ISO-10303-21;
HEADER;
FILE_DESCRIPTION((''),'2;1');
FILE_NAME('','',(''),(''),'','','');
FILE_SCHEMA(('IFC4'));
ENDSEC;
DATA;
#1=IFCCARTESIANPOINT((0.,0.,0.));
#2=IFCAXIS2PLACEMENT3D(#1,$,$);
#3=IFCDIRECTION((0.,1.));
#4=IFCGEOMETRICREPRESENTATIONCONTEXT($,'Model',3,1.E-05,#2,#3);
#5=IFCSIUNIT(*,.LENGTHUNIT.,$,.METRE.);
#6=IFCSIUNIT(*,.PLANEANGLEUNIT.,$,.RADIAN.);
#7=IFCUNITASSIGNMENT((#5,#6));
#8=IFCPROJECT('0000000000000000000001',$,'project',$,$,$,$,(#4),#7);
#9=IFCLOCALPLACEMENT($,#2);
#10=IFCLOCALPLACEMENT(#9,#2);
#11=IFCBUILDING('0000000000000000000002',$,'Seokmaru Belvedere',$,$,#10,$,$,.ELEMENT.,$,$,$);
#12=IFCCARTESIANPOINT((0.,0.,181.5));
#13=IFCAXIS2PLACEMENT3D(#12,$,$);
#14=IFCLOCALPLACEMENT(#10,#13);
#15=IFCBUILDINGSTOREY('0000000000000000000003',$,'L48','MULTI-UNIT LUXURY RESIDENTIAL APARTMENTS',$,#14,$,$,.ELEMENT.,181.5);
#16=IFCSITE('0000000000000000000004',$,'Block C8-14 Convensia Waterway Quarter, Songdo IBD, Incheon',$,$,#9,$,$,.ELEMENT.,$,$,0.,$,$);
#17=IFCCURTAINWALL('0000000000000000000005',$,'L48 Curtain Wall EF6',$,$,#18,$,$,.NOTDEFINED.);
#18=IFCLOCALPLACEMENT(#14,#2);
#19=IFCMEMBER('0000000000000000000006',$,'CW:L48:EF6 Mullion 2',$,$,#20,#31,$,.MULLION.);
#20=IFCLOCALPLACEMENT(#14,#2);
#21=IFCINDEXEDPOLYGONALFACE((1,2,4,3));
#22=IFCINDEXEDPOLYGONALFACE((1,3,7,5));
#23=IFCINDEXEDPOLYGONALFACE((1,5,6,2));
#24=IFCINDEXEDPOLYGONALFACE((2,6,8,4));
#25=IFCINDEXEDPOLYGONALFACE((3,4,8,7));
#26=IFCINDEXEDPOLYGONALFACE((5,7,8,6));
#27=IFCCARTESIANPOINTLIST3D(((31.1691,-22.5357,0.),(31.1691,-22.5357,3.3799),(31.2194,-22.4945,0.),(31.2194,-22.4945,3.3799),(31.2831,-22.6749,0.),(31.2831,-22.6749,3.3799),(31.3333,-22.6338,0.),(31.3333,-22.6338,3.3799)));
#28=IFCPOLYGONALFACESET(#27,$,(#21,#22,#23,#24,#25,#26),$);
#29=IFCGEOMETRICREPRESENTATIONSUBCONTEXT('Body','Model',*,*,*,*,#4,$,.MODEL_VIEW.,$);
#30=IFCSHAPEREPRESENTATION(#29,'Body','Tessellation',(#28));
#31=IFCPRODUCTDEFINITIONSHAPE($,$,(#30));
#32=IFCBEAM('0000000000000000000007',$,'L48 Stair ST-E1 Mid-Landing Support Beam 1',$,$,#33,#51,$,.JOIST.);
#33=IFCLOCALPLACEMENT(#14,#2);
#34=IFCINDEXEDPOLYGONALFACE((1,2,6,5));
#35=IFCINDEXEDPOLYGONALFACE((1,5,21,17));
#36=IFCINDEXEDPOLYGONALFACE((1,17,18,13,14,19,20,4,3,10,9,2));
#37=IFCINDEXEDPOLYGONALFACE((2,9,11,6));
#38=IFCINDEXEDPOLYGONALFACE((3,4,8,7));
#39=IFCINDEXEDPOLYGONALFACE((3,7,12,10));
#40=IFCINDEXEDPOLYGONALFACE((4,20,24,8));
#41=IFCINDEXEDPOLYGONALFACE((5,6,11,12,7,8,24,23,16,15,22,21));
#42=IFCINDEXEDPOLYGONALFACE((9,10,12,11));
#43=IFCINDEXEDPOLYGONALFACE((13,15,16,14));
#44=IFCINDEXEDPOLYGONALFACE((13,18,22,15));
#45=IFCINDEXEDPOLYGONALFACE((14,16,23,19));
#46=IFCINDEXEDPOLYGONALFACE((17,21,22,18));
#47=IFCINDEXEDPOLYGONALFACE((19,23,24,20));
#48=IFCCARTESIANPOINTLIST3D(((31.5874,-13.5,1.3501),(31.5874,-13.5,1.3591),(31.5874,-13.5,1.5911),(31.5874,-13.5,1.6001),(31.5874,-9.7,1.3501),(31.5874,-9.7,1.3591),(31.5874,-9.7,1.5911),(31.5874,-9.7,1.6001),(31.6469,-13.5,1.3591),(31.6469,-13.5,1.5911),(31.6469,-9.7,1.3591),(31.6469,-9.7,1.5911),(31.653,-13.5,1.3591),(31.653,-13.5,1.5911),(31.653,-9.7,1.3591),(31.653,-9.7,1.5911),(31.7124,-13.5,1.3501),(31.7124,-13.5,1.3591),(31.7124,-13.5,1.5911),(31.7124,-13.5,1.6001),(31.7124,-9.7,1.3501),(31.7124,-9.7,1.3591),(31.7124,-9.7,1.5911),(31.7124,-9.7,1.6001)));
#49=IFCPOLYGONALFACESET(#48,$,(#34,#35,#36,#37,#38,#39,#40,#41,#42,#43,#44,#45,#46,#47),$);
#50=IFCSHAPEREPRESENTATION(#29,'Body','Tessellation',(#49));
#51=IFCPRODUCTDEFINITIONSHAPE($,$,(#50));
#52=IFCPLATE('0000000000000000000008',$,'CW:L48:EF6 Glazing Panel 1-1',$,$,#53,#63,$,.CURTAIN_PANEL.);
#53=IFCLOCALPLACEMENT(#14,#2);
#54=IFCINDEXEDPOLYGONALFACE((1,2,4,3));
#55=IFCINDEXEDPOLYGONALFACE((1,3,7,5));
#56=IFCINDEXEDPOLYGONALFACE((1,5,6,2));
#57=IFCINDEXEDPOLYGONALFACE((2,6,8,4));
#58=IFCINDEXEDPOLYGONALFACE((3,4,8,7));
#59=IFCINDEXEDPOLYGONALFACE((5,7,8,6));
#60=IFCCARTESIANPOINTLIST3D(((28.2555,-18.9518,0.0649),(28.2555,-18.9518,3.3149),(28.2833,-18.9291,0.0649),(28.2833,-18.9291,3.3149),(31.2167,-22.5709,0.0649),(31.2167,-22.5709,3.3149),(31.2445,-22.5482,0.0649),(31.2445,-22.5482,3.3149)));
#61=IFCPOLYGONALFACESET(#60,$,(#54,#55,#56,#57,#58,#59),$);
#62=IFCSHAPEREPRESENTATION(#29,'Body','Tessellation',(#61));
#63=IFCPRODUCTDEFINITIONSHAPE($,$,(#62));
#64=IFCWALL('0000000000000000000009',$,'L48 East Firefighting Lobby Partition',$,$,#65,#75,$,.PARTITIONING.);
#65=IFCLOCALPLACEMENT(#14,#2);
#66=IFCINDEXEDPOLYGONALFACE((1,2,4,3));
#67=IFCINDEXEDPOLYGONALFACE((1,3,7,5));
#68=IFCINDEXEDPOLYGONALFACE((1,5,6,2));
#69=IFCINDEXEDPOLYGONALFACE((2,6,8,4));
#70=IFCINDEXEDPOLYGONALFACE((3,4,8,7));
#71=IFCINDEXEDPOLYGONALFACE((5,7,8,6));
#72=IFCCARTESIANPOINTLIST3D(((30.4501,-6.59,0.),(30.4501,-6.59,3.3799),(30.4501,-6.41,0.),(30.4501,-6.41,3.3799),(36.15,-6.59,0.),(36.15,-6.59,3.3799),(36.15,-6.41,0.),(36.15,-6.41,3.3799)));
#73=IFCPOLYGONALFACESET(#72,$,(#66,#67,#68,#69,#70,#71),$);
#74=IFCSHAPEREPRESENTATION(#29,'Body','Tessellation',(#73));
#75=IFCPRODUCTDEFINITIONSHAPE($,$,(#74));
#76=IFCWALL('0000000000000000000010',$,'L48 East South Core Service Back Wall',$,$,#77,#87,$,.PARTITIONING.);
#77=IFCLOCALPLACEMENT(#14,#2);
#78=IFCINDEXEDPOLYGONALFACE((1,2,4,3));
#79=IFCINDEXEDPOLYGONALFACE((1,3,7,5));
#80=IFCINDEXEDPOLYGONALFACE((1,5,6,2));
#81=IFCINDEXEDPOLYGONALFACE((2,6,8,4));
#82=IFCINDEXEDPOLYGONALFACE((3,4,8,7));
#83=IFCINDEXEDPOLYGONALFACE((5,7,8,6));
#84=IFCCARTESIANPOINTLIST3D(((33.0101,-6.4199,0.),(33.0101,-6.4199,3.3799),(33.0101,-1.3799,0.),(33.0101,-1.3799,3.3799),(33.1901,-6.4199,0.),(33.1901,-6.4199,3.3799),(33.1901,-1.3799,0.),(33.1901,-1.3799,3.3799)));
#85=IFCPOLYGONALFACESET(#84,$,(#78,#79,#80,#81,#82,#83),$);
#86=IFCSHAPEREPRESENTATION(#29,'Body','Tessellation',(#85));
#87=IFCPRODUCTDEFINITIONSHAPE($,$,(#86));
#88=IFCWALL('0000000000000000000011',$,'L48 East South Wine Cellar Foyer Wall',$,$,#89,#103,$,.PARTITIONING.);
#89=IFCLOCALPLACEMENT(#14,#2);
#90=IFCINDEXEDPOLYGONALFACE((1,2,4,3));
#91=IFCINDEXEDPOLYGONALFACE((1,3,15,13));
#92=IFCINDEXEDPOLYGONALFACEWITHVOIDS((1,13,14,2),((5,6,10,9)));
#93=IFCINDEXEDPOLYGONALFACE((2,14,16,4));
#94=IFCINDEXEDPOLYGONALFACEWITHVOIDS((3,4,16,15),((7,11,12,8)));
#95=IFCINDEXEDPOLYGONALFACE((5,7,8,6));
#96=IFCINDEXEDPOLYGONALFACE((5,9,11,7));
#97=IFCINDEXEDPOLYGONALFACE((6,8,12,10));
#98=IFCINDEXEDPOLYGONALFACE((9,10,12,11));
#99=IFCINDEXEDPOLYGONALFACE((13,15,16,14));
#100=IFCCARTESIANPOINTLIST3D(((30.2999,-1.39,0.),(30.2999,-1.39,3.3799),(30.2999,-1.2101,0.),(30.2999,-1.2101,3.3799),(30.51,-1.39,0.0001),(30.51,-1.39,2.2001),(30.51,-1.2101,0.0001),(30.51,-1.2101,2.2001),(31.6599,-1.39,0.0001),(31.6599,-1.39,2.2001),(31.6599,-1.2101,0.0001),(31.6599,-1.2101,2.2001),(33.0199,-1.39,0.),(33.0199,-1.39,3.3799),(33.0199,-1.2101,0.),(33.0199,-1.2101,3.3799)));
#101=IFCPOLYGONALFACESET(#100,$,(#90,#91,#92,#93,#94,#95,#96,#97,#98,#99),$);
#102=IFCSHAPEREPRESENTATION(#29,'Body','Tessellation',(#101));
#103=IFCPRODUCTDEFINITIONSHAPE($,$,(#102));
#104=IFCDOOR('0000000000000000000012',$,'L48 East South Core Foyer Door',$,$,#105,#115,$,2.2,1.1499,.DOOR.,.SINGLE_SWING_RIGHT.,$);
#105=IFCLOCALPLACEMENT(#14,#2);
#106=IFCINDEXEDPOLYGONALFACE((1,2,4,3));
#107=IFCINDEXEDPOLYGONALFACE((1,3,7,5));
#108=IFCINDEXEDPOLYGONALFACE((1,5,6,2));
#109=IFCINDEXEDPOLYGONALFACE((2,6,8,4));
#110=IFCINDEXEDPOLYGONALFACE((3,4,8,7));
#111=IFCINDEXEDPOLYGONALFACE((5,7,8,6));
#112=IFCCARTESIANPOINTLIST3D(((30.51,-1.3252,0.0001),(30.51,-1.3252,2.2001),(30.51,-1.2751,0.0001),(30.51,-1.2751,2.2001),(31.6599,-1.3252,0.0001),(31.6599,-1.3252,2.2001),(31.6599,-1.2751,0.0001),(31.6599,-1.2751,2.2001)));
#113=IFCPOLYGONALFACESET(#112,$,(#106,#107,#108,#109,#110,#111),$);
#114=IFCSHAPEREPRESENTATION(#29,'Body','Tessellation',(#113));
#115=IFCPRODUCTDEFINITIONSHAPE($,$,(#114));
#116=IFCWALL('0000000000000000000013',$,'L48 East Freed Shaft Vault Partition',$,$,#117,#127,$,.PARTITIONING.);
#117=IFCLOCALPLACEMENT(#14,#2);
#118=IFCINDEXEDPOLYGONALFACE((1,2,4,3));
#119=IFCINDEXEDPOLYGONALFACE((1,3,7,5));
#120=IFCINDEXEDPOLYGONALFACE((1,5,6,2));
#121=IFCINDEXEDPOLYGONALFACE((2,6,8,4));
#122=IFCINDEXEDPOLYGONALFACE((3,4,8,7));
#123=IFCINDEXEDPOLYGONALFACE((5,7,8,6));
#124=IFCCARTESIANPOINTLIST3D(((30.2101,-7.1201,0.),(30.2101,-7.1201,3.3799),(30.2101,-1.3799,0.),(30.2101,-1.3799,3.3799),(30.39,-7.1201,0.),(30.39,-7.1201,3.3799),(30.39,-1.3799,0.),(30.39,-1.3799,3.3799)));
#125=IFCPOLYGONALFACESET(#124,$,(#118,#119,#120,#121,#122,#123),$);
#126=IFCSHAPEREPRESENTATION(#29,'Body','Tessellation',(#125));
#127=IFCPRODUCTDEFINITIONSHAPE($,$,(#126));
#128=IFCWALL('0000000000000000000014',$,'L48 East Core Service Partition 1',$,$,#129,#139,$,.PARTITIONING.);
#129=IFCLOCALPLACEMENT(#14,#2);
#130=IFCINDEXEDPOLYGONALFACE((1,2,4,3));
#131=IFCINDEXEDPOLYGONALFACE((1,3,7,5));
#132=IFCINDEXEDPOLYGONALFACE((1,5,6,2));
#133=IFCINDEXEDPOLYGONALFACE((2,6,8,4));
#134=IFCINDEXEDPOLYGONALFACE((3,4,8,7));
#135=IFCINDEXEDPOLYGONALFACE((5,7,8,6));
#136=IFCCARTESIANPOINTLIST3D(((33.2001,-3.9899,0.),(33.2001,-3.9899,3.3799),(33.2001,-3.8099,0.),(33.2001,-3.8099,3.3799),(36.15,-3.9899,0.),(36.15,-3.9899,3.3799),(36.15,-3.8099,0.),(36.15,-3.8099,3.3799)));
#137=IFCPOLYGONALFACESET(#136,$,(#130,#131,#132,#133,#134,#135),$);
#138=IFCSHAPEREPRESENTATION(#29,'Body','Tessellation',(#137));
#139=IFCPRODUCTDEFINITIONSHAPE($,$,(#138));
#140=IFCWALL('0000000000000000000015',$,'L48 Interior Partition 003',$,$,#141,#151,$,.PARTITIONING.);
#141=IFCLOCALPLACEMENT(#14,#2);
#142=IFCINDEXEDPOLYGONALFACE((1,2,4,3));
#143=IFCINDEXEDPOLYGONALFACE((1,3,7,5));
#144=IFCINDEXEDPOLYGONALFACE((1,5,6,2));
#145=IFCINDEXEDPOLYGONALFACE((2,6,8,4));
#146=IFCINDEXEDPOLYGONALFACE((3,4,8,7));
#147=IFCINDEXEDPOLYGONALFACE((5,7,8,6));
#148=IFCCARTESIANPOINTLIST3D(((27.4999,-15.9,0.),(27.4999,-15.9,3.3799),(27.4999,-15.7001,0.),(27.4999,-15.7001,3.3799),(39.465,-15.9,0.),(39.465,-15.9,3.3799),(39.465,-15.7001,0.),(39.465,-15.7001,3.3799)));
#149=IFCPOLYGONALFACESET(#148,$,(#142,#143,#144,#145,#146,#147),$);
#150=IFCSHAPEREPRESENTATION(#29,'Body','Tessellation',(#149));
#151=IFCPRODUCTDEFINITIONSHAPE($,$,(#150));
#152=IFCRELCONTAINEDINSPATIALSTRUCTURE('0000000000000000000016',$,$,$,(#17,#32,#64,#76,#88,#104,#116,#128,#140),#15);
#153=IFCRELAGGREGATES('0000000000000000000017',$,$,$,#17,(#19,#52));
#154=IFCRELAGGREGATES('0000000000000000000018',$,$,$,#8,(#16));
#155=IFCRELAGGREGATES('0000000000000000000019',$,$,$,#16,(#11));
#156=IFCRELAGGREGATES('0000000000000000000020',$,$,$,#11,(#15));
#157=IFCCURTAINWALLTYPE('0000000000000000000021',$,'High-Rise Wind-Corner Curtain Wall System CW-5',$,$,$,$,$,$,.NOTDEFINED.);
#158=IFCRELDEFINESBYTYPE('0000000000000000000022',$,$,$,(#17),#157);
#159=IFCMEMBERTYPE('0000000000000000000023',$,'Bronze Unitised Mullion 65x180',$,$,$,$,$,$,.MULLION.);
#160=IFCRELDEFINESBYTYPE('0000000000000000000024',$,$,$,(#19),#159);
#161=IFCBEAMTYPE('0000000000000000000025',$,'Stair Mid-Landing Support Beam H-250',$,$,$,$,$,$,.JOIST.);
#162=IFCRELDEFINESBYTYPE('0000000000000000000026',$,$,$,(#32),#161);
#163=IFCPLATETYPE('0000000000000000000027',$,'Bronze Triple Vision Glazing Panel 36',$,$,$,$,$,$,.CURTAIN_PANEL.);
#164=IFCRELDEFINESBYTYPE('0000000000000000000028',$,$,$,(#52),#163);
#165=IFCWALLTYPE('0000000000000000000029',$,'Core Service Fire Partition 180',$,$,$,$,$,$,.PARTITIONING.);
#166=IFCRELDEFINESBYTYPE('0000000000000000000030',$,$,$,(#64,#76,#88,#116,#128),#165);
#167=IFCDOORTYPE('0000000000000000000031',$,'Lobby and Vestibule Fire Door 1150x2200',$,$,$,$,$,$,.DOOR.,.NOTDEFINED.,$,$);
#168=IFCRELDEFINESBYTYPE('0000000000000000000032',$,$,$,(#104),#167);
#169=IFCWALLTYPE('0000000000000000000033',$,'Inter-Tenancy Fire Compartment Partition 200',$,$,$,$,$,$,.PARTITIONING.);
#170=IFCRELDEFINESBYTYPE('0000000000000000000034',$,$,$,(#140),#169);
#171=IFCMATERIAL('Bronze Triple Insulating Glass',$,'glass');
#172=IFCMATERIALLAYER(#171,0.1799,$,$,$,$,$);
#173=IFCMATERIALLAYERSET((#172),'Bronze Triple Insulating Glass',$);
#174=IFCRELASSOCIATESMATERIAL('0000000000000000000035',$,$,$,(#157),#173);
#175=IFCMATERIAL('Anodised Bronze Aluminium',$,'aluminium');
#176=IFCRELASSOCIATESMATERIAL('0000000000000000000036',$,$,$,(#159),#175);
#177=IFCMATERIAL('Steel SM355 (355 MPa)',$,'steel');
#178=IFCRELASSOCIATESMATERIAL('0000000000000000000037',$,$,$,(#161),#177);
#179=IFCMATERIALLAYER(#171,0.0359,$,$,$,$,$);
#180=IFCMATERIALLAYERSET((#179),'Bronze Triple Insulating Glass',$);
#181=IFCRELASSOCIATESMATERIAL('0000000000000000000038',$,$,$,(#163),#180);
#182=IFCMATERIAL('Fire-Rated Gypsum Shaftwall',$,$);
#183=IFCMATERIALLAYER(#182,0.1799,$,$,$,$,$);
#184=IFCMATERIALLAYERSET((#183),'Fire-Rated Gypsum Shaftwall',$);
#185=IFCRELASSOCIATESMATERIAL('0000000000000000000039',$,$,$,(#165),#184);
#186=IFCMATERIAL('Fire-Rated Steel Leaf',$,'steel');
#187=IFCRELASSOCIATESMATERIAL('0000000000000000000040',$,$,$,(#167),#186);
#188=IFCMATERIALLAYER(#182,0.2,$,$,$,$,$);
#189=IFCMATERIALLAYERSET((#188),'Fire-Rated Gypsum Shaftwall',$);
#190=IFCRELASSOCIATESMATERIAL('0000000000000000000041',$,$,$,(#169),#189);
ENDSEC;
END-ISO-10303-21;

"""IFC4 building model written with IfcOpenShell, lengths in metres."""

from ifc_helpers import new_model, si_unit, direction, frame, frame_2d, origin, origin_2d, place, context, subcontext, project, spatial, rectangle, i_section, extrude, source, transform, mapped, material, layer, layer_set, material_profile, profile_set, type_object, type_shapes, element, fill, aggregate, save


model = new_model("IFC4")

# Units and contexts
model_context = context("Model", 3, precision=1e-05, world=origin(), true_north=direction((0.0, 1.0)))
body_context = subcontext(model_context, "Body", "Model", "MODEL_VIEW")
ifc_project = project(units=[si_unit("LENGTHUNIT", "METRE"), si_unit("PLANEANGLEUNIT", "RADIAN")], contexts=[model_context])

# Site, building, storey
site_placement = place(None, origin())
site = spatial("IfcSite", under=ifc_project, at=site_placement, Name="Block C8-14 Convensia Waterway Quarter, Songdo IBD, Incheon", CompositionType="ELEMENT", RefElevation=0.0)
building_placement = place(site_placement, origin())
building = spatial("IfcBuilding", under=site, at=building_placement, Name="Seokmaru Belvedere", CompositionType="ELEMENT")
storey_placement = place(building_placement, frame((0.0, 0.0, 181.5)))
storey = spatial("IfcBuildingStorey", under=building, at=storey_placement, Name="L48", Description="MULTI-UNIT LUXURY RESIDENTIAL APARTMENTS", CompositionType="ELEMENT", Elevation=181.5)

# Shared definitions
ifc_material_1 = material(Name="Steel SM355 (355 MPa)", Category="steel")

# Curtain wall
ifc_material_2 = material(Name="Bronze Triple Insulating Glass", Category="glass")
ifc_layer_1 = layer(ifc_material_2, 0.1799)
ifc_layer_set_1 = layer_set([ifc_layer_1], Name="Bronze Triple Insulating Glass")
curtain_wall_type = type_object("IfcCurtainWallType", Name="High-Rise Wind-Corner Curtain Wall System CW-5", PredefinedType="NOTDEFINED", material=ifc_layer_set_1)
curtain_wall_1_placement = place(storey_placement, origin())
curtain_wall_1 = element("IfcCurtainWall", 1, at=curtain_wall_1_placement, inside=storey, type_object=curtain_wall_type, Name="L48 Curtain Wall EF6", PredefinedType="NOTDEFINED")
ifc_material_3 = material(Name="Anodised Bronze Aluminium", Category="aluminium")
ifc_material_profile_1 = material_profile(ifc_material_3, rectangle(XDim=0.0649, YDim=0.1799, at=origin_2d()), Name="CW-M-65x180")
ifc_profile_set_1 = profile_set([ifc_material_profile_1], Name="Anodised Bronze Aluminium")
member_type_1 = type_object("IfcMemberType", Name="Bronze Unitised Mullion 65x180", PredefinedType="MULLION", material=ifc_profile_set_1)
shared_shape_1 = source(origin(), body_context, "Body", "SweptSolid", [
    extrude(rectangle(XDim=0.0649, YDim=0.1799, at=origin_2d()), origin(), (0.0, 0.0, 1.0), 3.3799),
])
type_shapes(member_type_1, [shared_shape_1])

# Member
member_1_placement = place(storey_placement, frame((31.2512, -22.5847, 0.0), z_axis=(0.0, 0.0, 1.0), x_axis=(0.773944, 0.633254, 0.0)))
member_1 = element("IfcMember", 2, at=member_1_placement, type_object=member_type_1, Name="CW:L48:EF6 Mullion 2", PredefinedType="MULLION", context=body_context, shape_type="MappedRepresentation", body=[
    mapped(shared_shape_1, transform((0.0, 0.0, 0.0), scale=1.0)),
])

# Beam
ifc_material_profile_2 = material_profile(ifc_material_1, i_section(OverallWidth=0.125, OverallDepth=0.25, WebThickness=0.0061, FlangeThickness=0.009, at=origin_2d()), Name="H-250x125x6x9")
ifc_profile_set_2 = profile_set([ifc_material_profile_2], Name="Steel SM355 (355 MPa)")
beam_type_1 = type_object("IfcBeamType", Name="Stair Mid-Landing Support Beam H-250", PredefinedType="JOIST", material=ifc_profile_set_2)
shared_shape_2 = source(origin(), body_context, "Body", "SweptSolid", [
    extrude(i_section(OverallWidth=0.125, OverallDepth=0.25, WebThickness=0.0061, FlangeThickness=0.009, at=origin_2d()), origin(), (0.0, 0.0, 1.0), 3.8),
])
type_shapes(beam_type_1, [shared_shape_2])
beam_1_placement = place(storey_placement, frame((31.6499, -13.5, 1.4751), z_axis=(0.0, 1.0, 0.0), x_axis=(-1.0, 0.0, 0.0)))
element("IfcBeam", 3, at=beam_1_placement, inside=storey, type_object=beam_type_1, Name="L48 Stair ST-E1 Mid-Landing Support Beam 1", PredefinedType="JOIST", context=body_context, shape_type="MappedRepresentation", body=[
    mapped(shared_shape_2, transform((0.0, 0.0, 0.0), scale=1.0)),
])

# Plate
ifc_layer_2 = layer(ifc_material_2, 0.0359)
ifc_layer_set_2 = layer_set([ifc_layer_2], Name="Bronze Triple Insulating Glass")
plate_type = type_object("IfcPlateType", Name="Bronze Triple Vision Glazing Panel 36", PredefinedType="CURTAIN_PANEL", material=ifc_layer_set_2)
shared_shape_3 = source(origin(), body_context, "Body", "SweptSolid", [
    extrude(rectangle(XDim=4.6763, YDim=0.0359, at=origin_2d()), origin(), (0.0, 0.0, 1.0), 3.25),
])
type_shapes(plate_type, [shared_shape_3])
plate_placement = place(storey_placement, frame((29.75, -20.75, 0.0649), z_axis=(0.0, 0.0, 1.0), x_axis=(0.633254, -0.773944, 0.0)))
plate = element("IfcPlate", 4, at=plate_placement, type_object=plate_type, Name="CW:L48:EF6 Glazing Panel 1-1", PredefinedType="CURTAIN_PANEL", context=body_context, shape_type="MappedRepresentation", body=[
    mapped(shared_shape_3, transform((0.0, 0.0, 0.0), scale=1.0)),
])
aggregate(curtain_wall_1, [member_1, plate])

# Walls
ifc_material_4 = material(Name="Fire-Rated Gypsum Shaftwall")
ifc_layer_3 = layer(ifc_material_4, 0.1799)
ifc_layer_set_3 = layer_set([ifc_layer_3], Name="Fire-Rated Gypsum Shaftwall")
wall_type_1 = type_object("IfcWallType", Name="Core Service Fire Partition 180", PredefinedType="PARTITIONING", material=ifc_layer_set_3)
wall_1_placement = place(storey_placement, frame((30.45, -6.5, 0.0), z_axis=(0.0, 0.0, 1.0), x_axis=(1.0, 0.0, 0.0)))
element("IfcWall", 5, at=wall_1_placement, inside=storey, type_object=wall_type_1, Name="L48 East Firefighting Lobby Partition", PredefinedType="PARTITIONING", context=body_context, shape_type="SweptSolid", body=[
    extrude(rectangle(XDim=5.7, YDim=0.1799, at=frame_2d((2.8501, 0.0))), origin(), (0.0, 0.0, 1.0), 3.3799),
])
wall_2_placement = place(storey_placement, frame((33.1001, -6.4199, 0.0), z_axis=(0.0, 0.0, 1.0), x_axis=(0.0, 1.0, 0.0)))
element("IfcWall", 6, at=wall_2_placement, inside=storey, type_object=wall_type_1, Name="L48 East South Core Service Back Wall", PredefinedType="PARTITIONING", context=body_context, shape_type="SweptSolid", body=[
    extrude(rectangle(XDim=5.04, YDim=0.1799, at=frame_2d((2.52, 0.0))), origin(), (0.0, 0.0, 1.0), 3.3799),
])

# Wall, opening, door
ifc_material_5 = material(Name="Fire-Rated Steel Leaf", Category="steel")
wall_3_placement = place(storey_placement, frame((30.3, -1.3, 0.0), z_axis=(0.0, 0.0, 1.0), x_axis=(1.0, 0.0, 0.0)))
wall_3 = element("IfcWall", 7, at=wall_3_placement, inside=storey, type_object=wall_type_1, Name="L48 East South Wine Cellar Foyer Wall", PredefinedType="PARTITIONING", context=body_context, shape_type="SweptSolid", body=[
    extrude(rectangle(XDim=2.72, YDim=0.1799, at=frame_2d((1.3599, 0.0))), origin(), (0.0, 0.0, 1.0), 3.3799),
])
opening_1_placement = place(wall_3_placement, frame((0.21, 0.0, 0.0)))
opening_1 = element("IfcOpeningElement", 8, at=opening_1_placement, cuts=wall_3, PredefinedType="OPENING", context=body_context, shape_type="SweptSolid", body=[
    extrude(rectangle(XDim=1.1499, YDim=2.2, at=frame_2d((0.575, 1.1001))), frame((0.0, 0.1001, 0.0), z_axis=(0.0, -1.0, 0.0), x_axis=(1.0, 0.0, 0.0)), (0.0, 0.0, 1.0), 0.2),
])
door_type_1 = type_object("IfcDoorType", Name="Lobby and Vestibule Fire Door 1150x2200", OperationType="NOTDEFINED", PredefinedType="DOOR", material=ifc_material_5)
shared_shape_4 = source(origin(), body_context, "Body", "SweptSolid", [
    extrude(rectangle(XDim=1.1499, YDim=2.2, at=frame_2d((0.575, 1.1001))), frame((0.0, 0.0249, 0.0), z_axis=(0.0, -1.0, 0.0), x_axis=(1.0, 0.0, 0.0)), (0.0, 0.0, 1.0), 0.05),
])
type_shapes(door_type_1, [shared_shape_4])
door_1_placement = place(opening_1_placement, origin())
door_1 = element("IfcDoor", 9, at=door_1_placement, inside=storey, type_object=door_type_1, Name="L48 East South Core Foyer Door", OperationType="SINGLE_SWING_RIGHT", OverallHeight=2.2, OverallWidth=1.1499, PredefinedType="DOOR", context=body_context, shape_type="MappedRepresentation", body=[
    mapped(shared_shape_4, transform((0.0, 0.0, 0.0), scale=1.0)),
])
fill(opening_1, door_1)

# Walls
wall_4_placement = place(storey_placement, frame((30.3, -7.1201, 0.0), z_axis=(0.0, 0.0, 1.0), x_axis=(0.0, 1.0, 0.0)))
element("IfcWall", 10, at=wall_4_placement, inside=storey, type_object=wall_type_1, Name="L48 East Freed Shaft Vault Partition", PredefinedType="PARTITIONING", context=body_context, shape_type="SweptSolid", body=[
    extrude(rectangle(XDim=5.7402, YDim=0.1799, at=frame_2d((2.8701, 0.0))), origin(), (0.0, 0.0, 1.0), 3.3799),
])
wall_5_placement = place(storey_placement, frame((33.2, -3.8999, 0.0), z_axis=(0.0, 0.0, 1.0), x_axis=(1.0, 0.0, 0.0)))
element("IfcWall", 11, at=wall_5_placement, inside=storey, type_object=wall_type_1, Name="L48 East Core Service Partition 1", PredefinedType="PARTITIONING", context=body_context, shape_type="SweptSolid", body=[
    extrude(rectangle(XDim=2.95, YDim=0.1799, at=frame_2d((1.4751, 0.0))), origin(), (0.0, 0.0, 1.0), 3.3799),
])
ifc_layer_4 = layer(ifc_material_4, 0.2)
ifc_layer_set_4 = layer_set([ifc_layer_4], Name="Fire-Rated Gypsum Shaftwall")
wall_type_2 = type_object("IfcWallType", Name="Inter-Tenancy Fire Compartment Partition 200", PredefinedType="PARTITIONING", material=ifc_layer_set_4)
wall_6_placement = place(storey_placement, frame((27.5, -15.8, 0.0), z_axis=(0.0, 0.0, 1.0), x_axis=(1.0, 0.0, 0.0)))
element("IfcWall", 12, at=wall_6_placement, inside=storey, type_object=wall_type_2, Name="L48 Interior Partition 003", PredefinedType="PARTITIONING", context=body_context, shape_type="SweptSolid", body=[
    extrude(rectangle(XDim=11.9651, YDim=0.2, at=frame_2d((5.9824, 0.0))), origin(), (0.0, 0.0, 1.0), 3.3799),
])

save(model, "model.ifc")
